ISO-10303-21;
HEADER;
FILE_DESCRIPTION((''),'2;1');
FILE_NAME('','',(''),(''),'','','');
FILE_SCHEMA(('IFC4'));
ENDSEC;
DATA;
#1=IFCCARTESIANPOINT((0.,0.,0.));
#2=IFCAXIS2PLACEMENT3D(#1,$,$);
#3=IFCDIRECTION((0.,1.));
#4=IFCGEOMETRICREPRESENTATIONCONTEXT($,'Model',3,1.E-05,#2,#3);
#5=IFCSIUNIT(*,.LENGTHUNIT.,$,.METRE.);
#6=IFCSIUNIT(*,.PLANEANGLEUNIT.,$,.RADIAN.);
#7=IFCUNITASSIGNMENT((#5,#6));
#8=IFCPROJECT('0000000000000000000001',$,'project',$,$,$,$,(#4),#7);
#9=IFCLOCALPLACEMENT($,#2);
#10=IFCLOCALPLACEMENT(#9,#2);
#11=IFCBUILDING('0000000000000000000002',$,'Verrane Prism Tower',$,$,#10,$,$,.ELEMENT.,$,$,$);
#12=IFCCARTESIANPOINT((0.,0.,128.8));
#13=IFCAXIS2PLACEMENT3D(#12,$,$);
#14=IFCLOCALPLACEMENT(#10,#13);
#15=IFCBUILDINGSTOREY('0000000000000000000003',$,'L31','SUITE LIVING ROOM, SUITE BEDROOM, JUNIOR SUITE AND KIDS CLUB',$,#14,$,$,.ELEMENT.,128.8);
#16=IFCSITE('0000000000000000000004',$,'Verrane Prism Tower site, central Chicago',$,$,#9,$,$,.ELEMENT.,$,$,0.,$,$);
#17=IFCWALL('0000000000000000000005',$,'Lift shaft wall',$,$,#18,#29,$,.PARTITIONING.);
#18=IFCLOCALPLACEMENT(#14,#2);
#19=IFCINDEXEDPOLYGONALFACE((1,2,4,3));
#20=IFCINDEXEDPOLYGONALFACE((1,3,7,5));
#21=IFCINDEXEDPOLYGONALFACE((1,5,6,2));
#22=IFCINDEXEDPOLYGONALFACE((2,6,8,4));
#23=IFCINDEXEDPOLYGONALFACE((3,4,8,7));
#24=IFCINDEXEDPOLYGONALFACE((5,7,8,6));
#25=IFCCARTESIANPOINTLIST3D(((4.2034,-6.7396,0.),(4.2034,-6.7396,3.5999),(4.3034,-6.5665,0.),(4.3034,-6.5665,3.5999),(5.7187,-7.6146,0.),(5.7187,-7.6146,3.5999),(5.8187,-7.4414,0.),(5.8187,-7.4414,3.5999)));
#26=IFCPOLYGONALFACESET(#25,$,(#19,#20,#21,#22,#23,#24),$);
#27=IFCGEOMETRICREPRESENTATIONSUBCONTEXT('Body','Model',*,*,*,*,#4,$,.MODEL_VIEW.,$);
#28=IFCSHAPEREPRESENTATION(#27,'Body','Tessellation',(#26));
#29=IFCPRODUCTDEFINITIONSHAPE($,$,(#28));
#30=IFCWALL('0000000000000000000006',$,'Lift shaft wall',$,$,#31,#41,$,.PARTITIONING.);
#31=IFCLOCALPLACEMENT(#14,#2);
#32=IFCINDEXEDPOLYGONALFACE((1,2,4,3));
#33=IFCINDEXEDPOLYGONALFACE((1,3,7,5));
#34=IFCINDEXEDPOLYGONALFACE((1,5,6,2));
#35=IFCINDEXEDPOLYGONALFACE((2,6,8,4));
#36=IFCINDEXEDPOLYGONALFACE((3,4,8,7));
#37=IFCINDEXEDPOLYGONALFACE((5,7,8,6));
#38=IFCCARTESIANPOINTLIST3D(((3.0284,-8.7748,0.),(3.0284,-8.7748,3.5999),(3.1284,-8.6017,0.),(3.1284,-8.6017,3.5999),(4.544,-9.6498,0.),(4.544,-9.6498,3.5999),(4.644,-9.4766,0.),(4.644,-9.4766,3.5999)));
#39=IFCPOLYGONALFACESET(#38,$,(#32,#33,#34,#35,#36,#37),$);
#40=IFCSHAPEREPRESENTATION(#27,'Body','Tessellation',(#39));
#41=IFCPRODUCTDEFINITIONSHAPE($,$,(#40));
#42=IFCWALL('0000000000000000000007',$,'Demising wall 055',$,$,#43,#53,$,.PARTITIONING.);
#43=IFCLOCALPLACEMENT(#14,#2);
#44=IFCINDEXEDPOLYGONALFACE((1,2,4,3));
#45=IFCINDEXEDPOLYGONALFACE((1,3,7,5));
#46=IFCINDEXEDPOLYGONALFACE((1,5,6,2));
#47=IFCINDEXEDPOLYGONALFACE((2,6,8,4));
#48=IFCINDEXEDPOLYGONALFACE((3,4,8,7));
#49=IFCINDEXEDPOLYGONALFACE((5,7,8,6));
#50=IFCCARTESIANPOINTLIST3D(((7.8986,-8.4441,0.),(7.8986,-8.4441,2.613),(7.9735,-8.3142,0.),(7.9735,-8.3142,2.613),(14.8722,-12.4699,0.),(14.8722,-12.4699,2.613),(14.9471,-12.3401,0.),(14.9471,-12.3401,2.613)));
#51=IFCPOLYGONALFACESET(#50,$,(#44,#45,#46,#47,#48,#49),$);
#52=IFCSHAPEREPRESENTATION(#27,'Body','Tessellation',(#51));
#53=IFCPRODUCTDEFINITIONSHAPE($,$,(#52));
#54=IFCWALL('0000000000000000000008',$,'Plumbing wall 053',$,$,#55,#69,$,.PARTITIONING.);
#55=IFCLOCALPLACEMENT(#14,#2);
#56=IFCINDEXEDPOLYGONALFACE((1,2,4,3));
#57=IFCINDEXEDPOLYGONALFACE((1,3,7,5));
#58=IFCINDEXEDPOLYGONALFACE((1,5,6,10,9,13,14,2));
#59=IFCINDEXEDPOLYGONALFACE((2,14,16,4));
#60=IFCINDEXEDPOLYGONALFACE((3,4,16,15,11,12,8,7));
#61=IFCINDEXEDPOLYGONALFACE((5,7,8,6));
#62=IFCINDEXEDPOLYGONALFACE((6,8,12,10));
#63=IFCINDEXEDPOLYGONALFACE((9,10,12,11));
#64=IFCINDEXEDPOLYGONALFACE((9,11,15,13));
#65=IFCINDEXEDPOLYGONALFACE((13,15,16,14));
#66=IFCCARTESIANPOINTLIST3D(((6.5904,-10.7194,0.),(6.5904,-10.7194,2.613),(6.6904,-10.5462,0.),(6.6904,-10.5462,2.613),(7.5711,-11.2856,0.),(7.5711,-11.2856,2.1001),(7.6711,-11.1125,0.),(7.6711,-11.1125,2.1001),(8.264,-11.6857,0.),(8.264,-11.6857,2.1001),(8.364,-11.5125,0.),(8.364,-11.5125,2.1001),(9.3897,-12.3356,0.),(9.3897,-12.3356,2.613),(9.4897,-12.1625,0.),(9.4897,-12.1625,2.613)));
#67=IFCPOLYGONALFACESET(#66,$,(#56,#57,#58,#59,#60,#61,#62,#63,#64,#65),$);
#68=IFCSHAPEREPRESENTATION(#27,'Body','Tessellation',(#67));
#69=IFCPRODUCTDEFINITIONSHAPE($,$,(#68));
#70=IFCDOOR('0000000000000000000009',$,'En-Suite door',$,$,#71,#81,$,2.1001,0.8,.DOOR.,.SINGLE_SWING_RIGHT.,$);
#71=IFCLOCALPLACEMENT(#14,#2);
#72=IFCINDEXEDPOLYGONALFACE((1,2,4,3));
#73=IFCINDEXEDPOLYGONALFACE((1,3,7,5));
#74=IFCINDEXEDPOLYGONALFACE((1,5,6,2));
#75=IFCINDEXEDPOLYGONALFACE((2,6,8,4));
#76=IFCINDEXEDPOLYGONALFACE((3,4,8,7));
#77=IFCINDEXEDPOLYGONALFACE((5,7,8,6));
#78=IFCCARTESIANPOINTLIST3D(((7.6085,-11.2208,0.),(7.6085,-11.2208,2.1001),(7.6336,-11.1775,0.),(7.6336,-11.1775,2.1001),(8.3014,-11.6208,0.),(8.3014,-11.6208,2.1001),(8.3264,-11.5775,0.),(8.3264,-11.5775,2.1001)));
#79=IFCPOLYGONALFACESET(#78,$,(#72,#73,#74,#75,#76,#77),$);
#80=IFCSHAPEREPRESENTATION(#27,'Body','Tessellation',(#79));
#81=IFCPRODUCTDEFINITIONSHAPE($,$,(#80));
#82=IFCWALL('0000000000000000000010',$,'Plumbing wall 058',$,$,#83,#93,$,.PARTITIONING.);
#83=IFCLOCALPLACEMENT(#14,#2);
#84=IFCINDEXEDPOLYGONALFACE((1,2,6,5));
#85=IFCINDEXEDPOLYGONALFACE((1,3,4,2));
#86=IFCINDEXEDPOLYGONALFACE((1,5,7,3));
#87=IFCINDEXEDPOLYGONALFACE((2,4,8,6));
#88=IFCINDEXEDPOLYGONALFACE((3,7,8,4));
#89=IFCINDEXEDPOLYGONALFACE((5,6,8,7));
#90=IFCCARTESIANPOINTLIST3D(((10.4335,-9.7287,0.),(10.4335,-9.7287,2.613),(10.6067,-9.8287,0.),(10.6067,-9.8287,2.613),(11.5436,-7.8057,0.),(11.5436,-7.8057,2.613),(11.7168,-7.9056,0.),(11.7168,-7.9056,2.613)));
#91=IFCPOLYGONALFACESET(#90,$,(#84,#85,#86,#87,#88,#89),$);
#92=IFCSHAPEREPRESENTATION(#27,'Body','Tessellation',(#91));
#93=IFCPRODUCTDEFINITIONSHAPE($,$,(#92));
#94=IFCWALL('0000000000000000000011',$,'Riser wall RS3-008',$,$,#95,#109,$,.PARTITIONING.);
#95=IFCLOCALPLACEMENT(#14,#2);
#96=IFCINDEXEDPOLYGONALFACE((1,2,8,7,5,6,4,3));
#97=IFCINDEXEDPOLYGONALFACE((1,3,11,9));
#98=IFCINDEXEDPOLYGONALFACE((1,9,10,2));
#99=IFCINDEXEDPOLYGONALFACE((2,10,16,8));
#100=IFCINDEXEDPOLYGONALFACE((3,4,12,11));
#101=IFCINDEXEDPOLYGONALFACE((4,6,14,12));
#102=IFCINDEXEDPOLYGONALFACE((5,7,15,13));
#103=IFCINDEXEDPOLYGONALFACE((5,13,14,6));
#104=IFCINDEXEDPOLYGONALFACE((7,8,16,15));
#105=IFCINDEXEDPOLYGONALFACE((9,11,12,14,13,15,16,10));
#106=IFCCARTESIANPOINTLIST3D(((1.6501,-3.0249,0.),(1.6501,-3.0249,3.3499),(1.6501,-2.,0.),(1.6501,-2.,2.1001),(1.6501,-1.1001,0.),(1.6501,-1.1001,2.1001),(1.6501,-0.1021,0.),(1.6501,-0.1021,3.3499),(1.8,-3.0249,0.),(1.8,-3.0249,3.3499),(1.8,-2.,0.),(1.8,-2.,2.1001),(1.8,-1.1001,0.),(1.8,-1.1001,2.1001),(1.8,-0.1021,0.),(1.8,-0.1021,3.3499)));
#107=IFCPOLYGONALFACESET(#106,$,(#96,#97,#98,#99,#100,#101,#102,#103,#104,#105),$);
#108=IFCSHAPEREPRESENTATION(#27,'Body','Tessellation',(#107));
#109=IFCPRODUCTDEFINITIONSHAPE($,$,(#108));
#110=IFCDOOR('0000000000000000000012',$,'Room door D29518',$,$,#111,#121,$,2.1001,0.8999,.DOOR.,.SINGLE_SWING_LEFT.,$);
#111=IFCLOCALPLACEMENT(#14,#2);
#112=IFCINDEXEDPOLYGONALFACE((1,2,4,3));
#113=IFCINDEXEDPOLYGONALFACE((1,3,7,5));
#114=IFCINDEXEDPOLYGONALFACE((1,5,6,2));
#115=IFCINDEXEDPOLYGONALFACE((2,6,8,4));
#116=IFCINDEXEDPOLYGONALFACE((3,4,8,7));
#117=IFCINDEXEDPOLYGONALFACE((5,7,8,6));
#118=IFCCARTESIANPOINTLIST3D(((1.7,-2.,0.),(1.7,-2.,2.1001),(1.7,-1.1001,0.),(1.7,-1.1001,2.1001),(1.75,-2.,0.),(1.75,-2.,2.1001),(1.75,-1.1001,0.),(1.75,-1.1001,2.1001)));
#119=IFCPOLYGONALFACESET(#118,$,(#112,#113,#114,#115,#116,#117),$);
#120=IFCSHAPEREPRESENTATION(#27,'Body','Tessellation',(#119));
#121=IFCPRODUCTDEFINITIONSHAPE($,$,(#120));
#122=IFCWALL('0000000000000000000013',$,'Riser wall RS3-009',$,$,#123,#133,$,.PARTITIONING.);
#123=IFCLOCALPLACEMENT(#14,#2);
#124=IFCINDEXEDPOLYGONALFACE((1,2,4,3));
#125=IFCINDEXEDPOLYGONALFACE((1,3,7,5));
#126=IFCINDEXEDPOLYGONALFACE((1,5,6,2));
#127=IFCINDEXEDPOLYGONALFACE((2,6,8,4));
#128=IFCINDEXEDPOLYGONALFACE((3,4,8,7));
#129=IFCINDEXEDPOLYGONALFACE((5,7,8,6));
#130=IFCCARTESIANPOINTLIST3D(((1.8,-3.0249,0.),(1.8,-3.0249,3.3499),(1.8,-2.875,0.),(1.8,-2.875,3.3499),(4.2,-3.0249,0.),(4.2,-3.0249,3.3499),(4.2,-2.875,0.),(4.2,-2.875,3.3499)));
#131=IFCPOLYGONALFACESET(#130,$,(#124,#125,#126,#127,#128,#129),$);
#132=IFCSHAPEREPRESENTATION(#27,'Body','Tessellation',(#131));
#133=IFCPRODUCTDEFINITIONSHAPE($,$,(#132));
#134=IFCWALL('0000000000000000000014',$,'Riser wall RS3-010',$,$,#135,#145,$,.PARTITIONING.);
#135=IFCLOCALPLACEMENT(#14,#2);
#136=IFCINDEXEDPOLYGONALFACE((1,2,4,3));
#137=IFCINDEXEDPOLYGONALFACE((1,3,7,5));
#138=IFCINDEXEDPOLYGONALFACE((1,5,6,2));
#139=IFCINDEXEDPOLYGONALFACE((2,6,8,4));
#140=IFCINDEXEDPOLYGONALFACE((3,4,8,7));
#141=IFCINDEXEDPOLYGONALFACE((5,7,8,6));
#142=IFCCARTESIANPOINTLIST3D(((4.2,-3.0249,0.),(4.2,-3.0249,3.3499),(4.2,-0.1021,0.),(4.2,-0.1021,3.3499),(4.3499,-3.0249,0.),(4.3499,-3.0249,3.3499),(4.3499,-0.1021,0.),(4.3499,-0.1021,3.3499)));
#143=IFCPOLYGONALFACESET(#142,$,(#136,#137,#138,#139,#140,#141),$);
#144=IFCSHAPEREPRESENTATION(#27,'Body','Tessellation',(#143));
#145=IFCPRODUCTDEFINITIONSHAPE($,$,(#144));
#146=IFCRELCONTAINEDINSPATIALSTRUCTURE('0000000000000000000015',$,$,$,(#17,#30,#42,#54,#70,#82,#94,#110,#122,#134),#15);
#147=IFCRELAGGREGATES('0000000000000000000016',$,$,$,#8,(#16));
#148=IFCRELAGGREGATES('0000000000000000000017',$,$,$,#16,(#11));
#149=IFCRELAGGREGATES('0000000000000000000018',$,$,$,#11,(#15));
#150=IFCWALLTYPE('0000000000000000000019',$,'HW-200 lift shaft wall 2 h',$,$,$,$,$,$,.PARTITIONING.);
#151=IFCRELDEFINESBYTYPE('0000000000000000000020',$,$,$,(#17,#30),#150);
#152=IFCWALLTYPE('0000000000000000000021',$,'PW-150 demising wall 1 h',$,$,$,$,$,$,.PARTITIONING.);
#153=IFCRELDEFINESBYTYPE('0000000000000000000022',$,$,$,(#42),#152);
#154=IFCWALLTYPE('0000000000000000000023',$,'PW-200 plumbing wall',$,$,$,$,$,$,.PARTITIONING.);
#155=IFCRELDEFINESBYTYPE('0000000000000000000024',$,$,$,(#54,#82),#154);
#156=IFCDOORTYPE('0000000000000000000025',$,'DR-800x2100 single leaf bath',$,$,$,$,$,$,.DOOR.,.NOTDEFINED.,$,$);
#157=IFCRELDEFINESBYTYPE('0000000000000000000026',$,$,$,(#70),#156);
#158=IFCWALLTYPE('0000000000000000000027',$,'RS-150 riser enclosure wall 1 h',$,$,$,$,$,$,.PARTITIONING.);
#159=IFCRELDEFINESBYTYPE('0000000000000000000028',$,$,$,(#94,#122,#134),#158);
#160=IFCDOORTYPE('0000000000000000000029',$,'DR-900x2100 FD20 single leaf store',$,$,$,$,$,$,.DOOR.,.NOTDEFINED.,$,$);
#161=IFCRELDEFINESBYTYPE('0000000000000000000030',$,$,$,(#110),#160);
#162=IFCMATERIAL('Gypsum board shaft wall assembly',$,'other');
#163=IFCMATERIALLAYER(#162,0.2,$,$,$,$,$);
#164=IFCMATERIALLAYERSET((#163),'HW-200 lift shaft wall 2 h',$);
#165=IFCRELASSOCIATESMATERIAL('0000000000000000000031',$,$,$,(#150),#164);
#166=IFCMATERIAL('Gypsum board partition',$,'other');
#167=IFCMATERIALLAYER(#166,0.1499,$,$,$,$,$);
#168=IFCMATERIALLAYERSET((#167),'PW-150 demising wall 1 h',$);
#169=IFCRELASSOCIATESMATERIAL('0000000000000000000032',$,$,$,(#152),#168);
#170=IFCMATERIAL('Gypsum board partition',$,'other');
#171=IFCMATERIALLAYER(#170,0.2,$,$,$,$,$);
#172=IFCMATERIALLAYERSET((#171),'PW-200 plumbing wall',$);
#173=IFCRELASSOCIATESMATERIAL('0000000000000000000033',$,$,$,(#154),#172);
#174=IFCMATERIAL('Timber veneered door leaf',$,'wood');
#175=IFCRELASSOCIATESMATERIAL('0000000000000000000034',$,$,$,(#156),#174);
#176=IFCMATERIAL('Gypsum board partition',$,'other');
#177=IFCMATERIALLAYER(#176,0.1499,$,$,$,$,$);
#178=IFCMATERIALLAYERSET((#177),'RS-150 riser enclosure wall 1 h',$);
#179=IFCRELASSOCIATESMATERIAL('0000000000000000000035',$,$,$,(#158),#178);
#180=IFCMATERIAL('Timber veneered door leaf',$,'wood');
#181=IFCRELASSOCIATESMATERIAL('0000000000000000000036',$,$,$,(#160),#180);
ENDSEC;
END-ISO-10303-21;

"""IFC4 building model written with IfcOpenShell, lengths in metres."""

from ifc_helpers import new_model, si_unit, direction, frame, frame_2d, origin, place, context, subcontext, project, spatial, rectangle, extrude, material, layer, layer_set, type_object, element, fill, save


model = new_model("IFC4")

# Units and contexts
model_context = context("Model", 3, precision=1e-05, world=origin(), true_north=direction((0.0, 1.0)))
body_context = subcontext(model_context, "Body", "Model", "MODEL_VIEW")
ifc_project = project(units=[si_unit("LENGTHUNIT", "METRE"), si_unit("PLANEANGLEUNIT", "RADIAN")], contexts=[model_context])

# Site, building, storey
site_placement = place(None, origin())
site = spatial("IfcSite", under=ifc_project, at=site_placement, Name="Verrane Prism Tower site, central Chicago", CompositionType="ELEMENT", RefElevation=0.0)
building_placement = place(site_placement, origin())
building = spatial("IfcBuilding", under=site, at=building_placement, Name="Verrane Prism Tower", CompositionType="ELEMENT")
storey_placement = place(building_placement, frame((0.0, 0.0, 128.8)))
storey = spatial("IfcBuildingStorey", under=building, at=storey_placement, Name="L31", Description="SUITE LIVING ROOM, SUITE BEDROOM, JUNIOR SUITE AND KIDS CLUB", CompositionType="ELEMENT", Elevation=128.8)

# Shared definitions
ifc_material_1 = material(Name="Gypsum board shaft wall assembly", Category="other")
ifc_layer_1 = layer(ifc_material_1, 0.2)
ifc_layer_set_1 = layer_set([ifc_layer_1], Name="HW-200 lift shaft wall 2 h")
wall_type_1 = type_object("IfcWallType", Name="HW-200 lift shaft wall 2 h", PredefinedType="PARTITIONING", material=ifc_layer_set_1)

# Walls
wall_1_placement = place(storey_placement, frame((5.7688, -7.5281, 0.0), z_axis=(0.0, 0.0, 1.0), x_axis=(-0.866002, 0.50004, 0.0)))
element("IfcWall", 1, at=wall_1_placement, inside=storey, type_object=wall_type_1, Name="Lift shaft wall", PredefinedType="PARTITIONING", context=body_context, shape_type="SweptSolid", body=[
    extrude(rectangle(XDim=1.7498, YDim=0.2, at=frame_2d((0.875, 0.0))), origin(), (0.0, 0.0, 1.0), 3.5999),
])
wall_2_placement = place(storey_placement, frame((4.594, -9.5632, 0.0), z_axis=(0.0, 0.0, 1.0), x_axis=(-0.866037, 0.49998, 0.0)))
element("IfcWall", 2, at=wall_2_placement, inside=storey, type_object=wall_type_1, Name="Lift shaft wall", PredefinedType="PARTITIONING", context=body_context, shape_type="SweptSolid", body=[
    extrude(rectangle(XDim=1.75, YDim=0.2, at=frame_2d((0.875, 0.0))), origin(), (0.0, 0.0, 1.0), 3.5999),
])
ifc_material_2 = material(Name="Gypsum board partition", Category="other")
ifc_layer_2 = layer(ifc_material_2, 0.1499)
ifc_layer_set_2 = layer_set([ifc_layer_2], Name="PW-150 demising wall 1 h")
wall_type_2 = type_object("IfcWallType", Name="PW-150 demising wall 1 h", PredefinedType="PARTITIONING", material=ifc_layer_set_2)
wall_3_placement = place(storey_placement, frame((7.936, -8.3792, 0.0), z_axis=(0.0, 0.0, 1.0), x_axis=(0.866044, -0.499967, 0.0)))
element("IfcWall", 3, at=wall_3_placement, inside=storey, type_object=wall_type_2, Name="Demising wall 055", PredefinedType="PARTITIONING", context=body_context, shape_type="SweptSolid", body=[
    extrude(rectangle(XDim=8.0522, YDim=0.1499, at=frame_2d((4.0261, 0.0))), origin(), (0.0, 0.0, 1.0), 2.613),
])

# Wall, opening, door
ifc_material_3 = material(Name="Gypsum board partition", Category="other")
ifc_layer_3 = layer(ifc_material_3, 0.2)
ifc_layer_set_3 = layer_set([ifc_layer_3], Name="PW-200 plumbing wall")
wall_type_3 = type_object("IfcWallType", Name="PW-200 plumbing wall", PredefinedType="PARTITIONING", material=ifc_layer_set_3)
wall_4_placement = place(storey_placement, frame((6.6404, -10.6328, 0.0), z_axis=(0.0, 0.0, 1.0), x_axis=(0.866022, -0.500006, 0.0)))
wall_4 = element("IfcWall", 4, at=wall_4_placement, inside=storey, type_object=wall_type_3, Name="Plumbing wall 053", PredefinedType="PARTITIONING", context=body_context, shape_type="SweptSolid", body=[
    extrude(rectangle(XDim=3.2324, YDim=0.2, at=frame_2d((1.6162, 0.0))), origin(), (0.0, 0.0, 1.0), 2.613),
])
opening_1_placement = place(wall_4_placement, frame((1.1326, 0.0, 0.0)))
opening_1 = element("IfcOpeningElement", 5, at=opening_1_placement, cuts=wall_4, PredefinedType="OPENING", context=body_context, shape_type="SweptSolid", body=[
    extrude(rectangle(XDim=0.8, YDim=2.1001, at=frame_2d((0.3999, 1.05))), frame((0.0, 0.1099, 0.0), z_axis=(0.0, -1.0, 0.0), x_axis=(1.0, 0.0, 0.0)), (0.0, 0.0, 1.0), 0.22),
])
ifc_material_4 = material(Name="Timber veneered door leaf", Category="wood")
door_type_1 = type_object("IfcDoorType", Name="DR-800x2100 single leaf bath", OperationType="NOTDEFINED", PredefinedType="DOOR", material=ifc_material_4)
door_1_placement = place(opening_1_placement, origin())
door_1 = element("IfcDoor", 6, at=door_1_placement, inside=storey, type_object=door_type_1, Name="En-Suite door", OperationType="SINGLE_SWING_RIGHT", OverallHeight=2.1001, OverallWidth=0.8, PredefinedType="DOOR", context=body_context, shape_type="SweptSolid", body=[
    extrude(rectangle(XDim=0.8, YDim=2.1001, at=frame_2d((0.3999, 1.05))), frame((0.0, 0.0249, 0.0), z_axis=(0.0, -1.0, 0.0), x_axis=(1.0, 0.0, 0.0)), (0.0, 0.0, 1.0), 0.05),
])
fill(opening_1, door_1)

# Wall
wall_5_placement = place(storey_placement, frame((10.52, -9.7788, 0.0), z_axis=(0.0, 0.0, 1.0), x_axis=(0.499935, 0.866063, 0.0)))
element("IfcWall", 7, at=wall_5_placement, inside=storey, type_object=wall_type_3, Name="Plumbing wall 058", PredefinedType="PARTITIONING", context=body_context, shape_type="SweptSolid", body=[
    extrude(rectangle(XDim=2.2205, YDim=0.2, at=frame_2d((1.1104, 0.0))), origin(), (0.0, 0.0, 1.0), 2.613),
])

# Wall, opening, door
ifc_material_5 = material(Name="Gypsum board partition", Category="other")
ifc_layer_4 = layer(ifc_material_5, 0.1499)
ifc_layer_set_4 = layer_set([ifc_layer_4], Name="RS-150 riser enclosure wall 1 h")
wall_type_4 = type_object("IfcWallType", Name="RS-150 riser enclosure wall 1 h", PredefinedType="PARTITIONING", material=ifc_layer_set_4)
wall_6_placement = place(storey_placement, frame((1.7251, -0.1021, 0.0), z_axis=(0.0, 0.0, 1.0), x_axis=(0.0, -1.0, 0.0)))
wall_6 = element("IfcWall", 8, at=wall_6_placement, inside=storey, type_object=wall_type_4, Name="Riser wall RS3-008", PredefinedType="PARTITIONING", context=body_context, shape_type="SweptSolid", body=[
    extrude(rectangle(XDim=2.9229, YDim=0.1499, at=frame_2d((1.4614, 0.0))), origin(), (0.0, 0.0, 1.0), 3.3499),
])
opening_2_placement = place(wall_6_placement, frame((0.998, 0.0, 0.0)))
opening_2 = element("IfcOpeningElement", 9, at=opening_2_placement, cuts=wall_6, PredefinedType="OPENING", context=body_context, shape_type="SweptSolid", body=[
    extrude(rectangle(XDim=0.8999, YDim=2.1001, at=frame_2d((0.45, 1.05))), frame((0.0, 0.085, 0.0), z_axis=(0.0, -1.0, 0.0), x_axis=(1.0, 0.0, 0.0)), (0.0, 0.0, 1.0), 0.1699),
])
ifc_material_6 = material(Name="Timber veneered door leaf", Category="wood")
door_type_2 = type_object("IfcDoorType", Name="DR-900x2100 FD20 single leaf store", OperationType="NOTDEFINED", PredefinedType="DOOR", material=ifc_material_6)
door_2_placement = place(opening_2_placement, origin())
door_2 = element("IfcDoor", 10, at=door_2_placement, inside=storey, type_object=door_type_2, Name="Room door D29518", OperationType="SINGLE_SWING_LEFT", OverallHeight=2.1001, OverallWidth=0.8999, PredefinedType="DOOR", context=body_context, shape_type="SweptSolid", body=[
    extrude(rectangle(XDim=0.8999, YDim=2.1001, at=frame_2d((0.45, 1.05))), frame((0.0, 0.0249, 0.0), z_axis=(0.0, -1.0, 0.0), x_axis=(1.0, 0.0, 0.0)), (0.0, 0.0, 1.0), 0.05),
])
fill(opening_2, door_2)

# Walls
wall_7_placement = place(storey_placement, frame((1.8, -2.95, 0.0), z_axis=(0.0, 0.0, 1.0), x_axis=(1.0, 0.0, 0.0)))
element("IfcWall", 11, at=wall_7_placement, inside=storey, type_object=wall_type_4, Name="Riser wall RS3-009", PredefinedType="PARTITIONING", context=body_context, shape_type="SweptSolid", body=[
    extrude(rectangle(XDim=2.3999, YDim=0.1499, at=frame_2d((1.2, 0.0))), origin(), (0.0, 0.0, 1.0), 3.3499),
])
wall_8_placement = place(storey_placement, frame((4.2749, -3.0249, 0.0), z_axis=(0.0, 0.0, 1.0), x_axis=(0.0, 1.0, 0.0)))
element("IfcWall", 12, at=wall_8_placement, inside=storey, type_object=wall_type_4, Name="Riser wall RS3-010", PredefinedType="PARTITIONING", context=body_context, shape_type="SweptSolid", body=[
    extrude(rectangle(XDim=2.9229, YDim=0.1499, at=frame_2d((1.4614, 0.0))), origin(), (0.0, 0.0, 1.0), 3.3499),
])

save(model, "model.ifc")
